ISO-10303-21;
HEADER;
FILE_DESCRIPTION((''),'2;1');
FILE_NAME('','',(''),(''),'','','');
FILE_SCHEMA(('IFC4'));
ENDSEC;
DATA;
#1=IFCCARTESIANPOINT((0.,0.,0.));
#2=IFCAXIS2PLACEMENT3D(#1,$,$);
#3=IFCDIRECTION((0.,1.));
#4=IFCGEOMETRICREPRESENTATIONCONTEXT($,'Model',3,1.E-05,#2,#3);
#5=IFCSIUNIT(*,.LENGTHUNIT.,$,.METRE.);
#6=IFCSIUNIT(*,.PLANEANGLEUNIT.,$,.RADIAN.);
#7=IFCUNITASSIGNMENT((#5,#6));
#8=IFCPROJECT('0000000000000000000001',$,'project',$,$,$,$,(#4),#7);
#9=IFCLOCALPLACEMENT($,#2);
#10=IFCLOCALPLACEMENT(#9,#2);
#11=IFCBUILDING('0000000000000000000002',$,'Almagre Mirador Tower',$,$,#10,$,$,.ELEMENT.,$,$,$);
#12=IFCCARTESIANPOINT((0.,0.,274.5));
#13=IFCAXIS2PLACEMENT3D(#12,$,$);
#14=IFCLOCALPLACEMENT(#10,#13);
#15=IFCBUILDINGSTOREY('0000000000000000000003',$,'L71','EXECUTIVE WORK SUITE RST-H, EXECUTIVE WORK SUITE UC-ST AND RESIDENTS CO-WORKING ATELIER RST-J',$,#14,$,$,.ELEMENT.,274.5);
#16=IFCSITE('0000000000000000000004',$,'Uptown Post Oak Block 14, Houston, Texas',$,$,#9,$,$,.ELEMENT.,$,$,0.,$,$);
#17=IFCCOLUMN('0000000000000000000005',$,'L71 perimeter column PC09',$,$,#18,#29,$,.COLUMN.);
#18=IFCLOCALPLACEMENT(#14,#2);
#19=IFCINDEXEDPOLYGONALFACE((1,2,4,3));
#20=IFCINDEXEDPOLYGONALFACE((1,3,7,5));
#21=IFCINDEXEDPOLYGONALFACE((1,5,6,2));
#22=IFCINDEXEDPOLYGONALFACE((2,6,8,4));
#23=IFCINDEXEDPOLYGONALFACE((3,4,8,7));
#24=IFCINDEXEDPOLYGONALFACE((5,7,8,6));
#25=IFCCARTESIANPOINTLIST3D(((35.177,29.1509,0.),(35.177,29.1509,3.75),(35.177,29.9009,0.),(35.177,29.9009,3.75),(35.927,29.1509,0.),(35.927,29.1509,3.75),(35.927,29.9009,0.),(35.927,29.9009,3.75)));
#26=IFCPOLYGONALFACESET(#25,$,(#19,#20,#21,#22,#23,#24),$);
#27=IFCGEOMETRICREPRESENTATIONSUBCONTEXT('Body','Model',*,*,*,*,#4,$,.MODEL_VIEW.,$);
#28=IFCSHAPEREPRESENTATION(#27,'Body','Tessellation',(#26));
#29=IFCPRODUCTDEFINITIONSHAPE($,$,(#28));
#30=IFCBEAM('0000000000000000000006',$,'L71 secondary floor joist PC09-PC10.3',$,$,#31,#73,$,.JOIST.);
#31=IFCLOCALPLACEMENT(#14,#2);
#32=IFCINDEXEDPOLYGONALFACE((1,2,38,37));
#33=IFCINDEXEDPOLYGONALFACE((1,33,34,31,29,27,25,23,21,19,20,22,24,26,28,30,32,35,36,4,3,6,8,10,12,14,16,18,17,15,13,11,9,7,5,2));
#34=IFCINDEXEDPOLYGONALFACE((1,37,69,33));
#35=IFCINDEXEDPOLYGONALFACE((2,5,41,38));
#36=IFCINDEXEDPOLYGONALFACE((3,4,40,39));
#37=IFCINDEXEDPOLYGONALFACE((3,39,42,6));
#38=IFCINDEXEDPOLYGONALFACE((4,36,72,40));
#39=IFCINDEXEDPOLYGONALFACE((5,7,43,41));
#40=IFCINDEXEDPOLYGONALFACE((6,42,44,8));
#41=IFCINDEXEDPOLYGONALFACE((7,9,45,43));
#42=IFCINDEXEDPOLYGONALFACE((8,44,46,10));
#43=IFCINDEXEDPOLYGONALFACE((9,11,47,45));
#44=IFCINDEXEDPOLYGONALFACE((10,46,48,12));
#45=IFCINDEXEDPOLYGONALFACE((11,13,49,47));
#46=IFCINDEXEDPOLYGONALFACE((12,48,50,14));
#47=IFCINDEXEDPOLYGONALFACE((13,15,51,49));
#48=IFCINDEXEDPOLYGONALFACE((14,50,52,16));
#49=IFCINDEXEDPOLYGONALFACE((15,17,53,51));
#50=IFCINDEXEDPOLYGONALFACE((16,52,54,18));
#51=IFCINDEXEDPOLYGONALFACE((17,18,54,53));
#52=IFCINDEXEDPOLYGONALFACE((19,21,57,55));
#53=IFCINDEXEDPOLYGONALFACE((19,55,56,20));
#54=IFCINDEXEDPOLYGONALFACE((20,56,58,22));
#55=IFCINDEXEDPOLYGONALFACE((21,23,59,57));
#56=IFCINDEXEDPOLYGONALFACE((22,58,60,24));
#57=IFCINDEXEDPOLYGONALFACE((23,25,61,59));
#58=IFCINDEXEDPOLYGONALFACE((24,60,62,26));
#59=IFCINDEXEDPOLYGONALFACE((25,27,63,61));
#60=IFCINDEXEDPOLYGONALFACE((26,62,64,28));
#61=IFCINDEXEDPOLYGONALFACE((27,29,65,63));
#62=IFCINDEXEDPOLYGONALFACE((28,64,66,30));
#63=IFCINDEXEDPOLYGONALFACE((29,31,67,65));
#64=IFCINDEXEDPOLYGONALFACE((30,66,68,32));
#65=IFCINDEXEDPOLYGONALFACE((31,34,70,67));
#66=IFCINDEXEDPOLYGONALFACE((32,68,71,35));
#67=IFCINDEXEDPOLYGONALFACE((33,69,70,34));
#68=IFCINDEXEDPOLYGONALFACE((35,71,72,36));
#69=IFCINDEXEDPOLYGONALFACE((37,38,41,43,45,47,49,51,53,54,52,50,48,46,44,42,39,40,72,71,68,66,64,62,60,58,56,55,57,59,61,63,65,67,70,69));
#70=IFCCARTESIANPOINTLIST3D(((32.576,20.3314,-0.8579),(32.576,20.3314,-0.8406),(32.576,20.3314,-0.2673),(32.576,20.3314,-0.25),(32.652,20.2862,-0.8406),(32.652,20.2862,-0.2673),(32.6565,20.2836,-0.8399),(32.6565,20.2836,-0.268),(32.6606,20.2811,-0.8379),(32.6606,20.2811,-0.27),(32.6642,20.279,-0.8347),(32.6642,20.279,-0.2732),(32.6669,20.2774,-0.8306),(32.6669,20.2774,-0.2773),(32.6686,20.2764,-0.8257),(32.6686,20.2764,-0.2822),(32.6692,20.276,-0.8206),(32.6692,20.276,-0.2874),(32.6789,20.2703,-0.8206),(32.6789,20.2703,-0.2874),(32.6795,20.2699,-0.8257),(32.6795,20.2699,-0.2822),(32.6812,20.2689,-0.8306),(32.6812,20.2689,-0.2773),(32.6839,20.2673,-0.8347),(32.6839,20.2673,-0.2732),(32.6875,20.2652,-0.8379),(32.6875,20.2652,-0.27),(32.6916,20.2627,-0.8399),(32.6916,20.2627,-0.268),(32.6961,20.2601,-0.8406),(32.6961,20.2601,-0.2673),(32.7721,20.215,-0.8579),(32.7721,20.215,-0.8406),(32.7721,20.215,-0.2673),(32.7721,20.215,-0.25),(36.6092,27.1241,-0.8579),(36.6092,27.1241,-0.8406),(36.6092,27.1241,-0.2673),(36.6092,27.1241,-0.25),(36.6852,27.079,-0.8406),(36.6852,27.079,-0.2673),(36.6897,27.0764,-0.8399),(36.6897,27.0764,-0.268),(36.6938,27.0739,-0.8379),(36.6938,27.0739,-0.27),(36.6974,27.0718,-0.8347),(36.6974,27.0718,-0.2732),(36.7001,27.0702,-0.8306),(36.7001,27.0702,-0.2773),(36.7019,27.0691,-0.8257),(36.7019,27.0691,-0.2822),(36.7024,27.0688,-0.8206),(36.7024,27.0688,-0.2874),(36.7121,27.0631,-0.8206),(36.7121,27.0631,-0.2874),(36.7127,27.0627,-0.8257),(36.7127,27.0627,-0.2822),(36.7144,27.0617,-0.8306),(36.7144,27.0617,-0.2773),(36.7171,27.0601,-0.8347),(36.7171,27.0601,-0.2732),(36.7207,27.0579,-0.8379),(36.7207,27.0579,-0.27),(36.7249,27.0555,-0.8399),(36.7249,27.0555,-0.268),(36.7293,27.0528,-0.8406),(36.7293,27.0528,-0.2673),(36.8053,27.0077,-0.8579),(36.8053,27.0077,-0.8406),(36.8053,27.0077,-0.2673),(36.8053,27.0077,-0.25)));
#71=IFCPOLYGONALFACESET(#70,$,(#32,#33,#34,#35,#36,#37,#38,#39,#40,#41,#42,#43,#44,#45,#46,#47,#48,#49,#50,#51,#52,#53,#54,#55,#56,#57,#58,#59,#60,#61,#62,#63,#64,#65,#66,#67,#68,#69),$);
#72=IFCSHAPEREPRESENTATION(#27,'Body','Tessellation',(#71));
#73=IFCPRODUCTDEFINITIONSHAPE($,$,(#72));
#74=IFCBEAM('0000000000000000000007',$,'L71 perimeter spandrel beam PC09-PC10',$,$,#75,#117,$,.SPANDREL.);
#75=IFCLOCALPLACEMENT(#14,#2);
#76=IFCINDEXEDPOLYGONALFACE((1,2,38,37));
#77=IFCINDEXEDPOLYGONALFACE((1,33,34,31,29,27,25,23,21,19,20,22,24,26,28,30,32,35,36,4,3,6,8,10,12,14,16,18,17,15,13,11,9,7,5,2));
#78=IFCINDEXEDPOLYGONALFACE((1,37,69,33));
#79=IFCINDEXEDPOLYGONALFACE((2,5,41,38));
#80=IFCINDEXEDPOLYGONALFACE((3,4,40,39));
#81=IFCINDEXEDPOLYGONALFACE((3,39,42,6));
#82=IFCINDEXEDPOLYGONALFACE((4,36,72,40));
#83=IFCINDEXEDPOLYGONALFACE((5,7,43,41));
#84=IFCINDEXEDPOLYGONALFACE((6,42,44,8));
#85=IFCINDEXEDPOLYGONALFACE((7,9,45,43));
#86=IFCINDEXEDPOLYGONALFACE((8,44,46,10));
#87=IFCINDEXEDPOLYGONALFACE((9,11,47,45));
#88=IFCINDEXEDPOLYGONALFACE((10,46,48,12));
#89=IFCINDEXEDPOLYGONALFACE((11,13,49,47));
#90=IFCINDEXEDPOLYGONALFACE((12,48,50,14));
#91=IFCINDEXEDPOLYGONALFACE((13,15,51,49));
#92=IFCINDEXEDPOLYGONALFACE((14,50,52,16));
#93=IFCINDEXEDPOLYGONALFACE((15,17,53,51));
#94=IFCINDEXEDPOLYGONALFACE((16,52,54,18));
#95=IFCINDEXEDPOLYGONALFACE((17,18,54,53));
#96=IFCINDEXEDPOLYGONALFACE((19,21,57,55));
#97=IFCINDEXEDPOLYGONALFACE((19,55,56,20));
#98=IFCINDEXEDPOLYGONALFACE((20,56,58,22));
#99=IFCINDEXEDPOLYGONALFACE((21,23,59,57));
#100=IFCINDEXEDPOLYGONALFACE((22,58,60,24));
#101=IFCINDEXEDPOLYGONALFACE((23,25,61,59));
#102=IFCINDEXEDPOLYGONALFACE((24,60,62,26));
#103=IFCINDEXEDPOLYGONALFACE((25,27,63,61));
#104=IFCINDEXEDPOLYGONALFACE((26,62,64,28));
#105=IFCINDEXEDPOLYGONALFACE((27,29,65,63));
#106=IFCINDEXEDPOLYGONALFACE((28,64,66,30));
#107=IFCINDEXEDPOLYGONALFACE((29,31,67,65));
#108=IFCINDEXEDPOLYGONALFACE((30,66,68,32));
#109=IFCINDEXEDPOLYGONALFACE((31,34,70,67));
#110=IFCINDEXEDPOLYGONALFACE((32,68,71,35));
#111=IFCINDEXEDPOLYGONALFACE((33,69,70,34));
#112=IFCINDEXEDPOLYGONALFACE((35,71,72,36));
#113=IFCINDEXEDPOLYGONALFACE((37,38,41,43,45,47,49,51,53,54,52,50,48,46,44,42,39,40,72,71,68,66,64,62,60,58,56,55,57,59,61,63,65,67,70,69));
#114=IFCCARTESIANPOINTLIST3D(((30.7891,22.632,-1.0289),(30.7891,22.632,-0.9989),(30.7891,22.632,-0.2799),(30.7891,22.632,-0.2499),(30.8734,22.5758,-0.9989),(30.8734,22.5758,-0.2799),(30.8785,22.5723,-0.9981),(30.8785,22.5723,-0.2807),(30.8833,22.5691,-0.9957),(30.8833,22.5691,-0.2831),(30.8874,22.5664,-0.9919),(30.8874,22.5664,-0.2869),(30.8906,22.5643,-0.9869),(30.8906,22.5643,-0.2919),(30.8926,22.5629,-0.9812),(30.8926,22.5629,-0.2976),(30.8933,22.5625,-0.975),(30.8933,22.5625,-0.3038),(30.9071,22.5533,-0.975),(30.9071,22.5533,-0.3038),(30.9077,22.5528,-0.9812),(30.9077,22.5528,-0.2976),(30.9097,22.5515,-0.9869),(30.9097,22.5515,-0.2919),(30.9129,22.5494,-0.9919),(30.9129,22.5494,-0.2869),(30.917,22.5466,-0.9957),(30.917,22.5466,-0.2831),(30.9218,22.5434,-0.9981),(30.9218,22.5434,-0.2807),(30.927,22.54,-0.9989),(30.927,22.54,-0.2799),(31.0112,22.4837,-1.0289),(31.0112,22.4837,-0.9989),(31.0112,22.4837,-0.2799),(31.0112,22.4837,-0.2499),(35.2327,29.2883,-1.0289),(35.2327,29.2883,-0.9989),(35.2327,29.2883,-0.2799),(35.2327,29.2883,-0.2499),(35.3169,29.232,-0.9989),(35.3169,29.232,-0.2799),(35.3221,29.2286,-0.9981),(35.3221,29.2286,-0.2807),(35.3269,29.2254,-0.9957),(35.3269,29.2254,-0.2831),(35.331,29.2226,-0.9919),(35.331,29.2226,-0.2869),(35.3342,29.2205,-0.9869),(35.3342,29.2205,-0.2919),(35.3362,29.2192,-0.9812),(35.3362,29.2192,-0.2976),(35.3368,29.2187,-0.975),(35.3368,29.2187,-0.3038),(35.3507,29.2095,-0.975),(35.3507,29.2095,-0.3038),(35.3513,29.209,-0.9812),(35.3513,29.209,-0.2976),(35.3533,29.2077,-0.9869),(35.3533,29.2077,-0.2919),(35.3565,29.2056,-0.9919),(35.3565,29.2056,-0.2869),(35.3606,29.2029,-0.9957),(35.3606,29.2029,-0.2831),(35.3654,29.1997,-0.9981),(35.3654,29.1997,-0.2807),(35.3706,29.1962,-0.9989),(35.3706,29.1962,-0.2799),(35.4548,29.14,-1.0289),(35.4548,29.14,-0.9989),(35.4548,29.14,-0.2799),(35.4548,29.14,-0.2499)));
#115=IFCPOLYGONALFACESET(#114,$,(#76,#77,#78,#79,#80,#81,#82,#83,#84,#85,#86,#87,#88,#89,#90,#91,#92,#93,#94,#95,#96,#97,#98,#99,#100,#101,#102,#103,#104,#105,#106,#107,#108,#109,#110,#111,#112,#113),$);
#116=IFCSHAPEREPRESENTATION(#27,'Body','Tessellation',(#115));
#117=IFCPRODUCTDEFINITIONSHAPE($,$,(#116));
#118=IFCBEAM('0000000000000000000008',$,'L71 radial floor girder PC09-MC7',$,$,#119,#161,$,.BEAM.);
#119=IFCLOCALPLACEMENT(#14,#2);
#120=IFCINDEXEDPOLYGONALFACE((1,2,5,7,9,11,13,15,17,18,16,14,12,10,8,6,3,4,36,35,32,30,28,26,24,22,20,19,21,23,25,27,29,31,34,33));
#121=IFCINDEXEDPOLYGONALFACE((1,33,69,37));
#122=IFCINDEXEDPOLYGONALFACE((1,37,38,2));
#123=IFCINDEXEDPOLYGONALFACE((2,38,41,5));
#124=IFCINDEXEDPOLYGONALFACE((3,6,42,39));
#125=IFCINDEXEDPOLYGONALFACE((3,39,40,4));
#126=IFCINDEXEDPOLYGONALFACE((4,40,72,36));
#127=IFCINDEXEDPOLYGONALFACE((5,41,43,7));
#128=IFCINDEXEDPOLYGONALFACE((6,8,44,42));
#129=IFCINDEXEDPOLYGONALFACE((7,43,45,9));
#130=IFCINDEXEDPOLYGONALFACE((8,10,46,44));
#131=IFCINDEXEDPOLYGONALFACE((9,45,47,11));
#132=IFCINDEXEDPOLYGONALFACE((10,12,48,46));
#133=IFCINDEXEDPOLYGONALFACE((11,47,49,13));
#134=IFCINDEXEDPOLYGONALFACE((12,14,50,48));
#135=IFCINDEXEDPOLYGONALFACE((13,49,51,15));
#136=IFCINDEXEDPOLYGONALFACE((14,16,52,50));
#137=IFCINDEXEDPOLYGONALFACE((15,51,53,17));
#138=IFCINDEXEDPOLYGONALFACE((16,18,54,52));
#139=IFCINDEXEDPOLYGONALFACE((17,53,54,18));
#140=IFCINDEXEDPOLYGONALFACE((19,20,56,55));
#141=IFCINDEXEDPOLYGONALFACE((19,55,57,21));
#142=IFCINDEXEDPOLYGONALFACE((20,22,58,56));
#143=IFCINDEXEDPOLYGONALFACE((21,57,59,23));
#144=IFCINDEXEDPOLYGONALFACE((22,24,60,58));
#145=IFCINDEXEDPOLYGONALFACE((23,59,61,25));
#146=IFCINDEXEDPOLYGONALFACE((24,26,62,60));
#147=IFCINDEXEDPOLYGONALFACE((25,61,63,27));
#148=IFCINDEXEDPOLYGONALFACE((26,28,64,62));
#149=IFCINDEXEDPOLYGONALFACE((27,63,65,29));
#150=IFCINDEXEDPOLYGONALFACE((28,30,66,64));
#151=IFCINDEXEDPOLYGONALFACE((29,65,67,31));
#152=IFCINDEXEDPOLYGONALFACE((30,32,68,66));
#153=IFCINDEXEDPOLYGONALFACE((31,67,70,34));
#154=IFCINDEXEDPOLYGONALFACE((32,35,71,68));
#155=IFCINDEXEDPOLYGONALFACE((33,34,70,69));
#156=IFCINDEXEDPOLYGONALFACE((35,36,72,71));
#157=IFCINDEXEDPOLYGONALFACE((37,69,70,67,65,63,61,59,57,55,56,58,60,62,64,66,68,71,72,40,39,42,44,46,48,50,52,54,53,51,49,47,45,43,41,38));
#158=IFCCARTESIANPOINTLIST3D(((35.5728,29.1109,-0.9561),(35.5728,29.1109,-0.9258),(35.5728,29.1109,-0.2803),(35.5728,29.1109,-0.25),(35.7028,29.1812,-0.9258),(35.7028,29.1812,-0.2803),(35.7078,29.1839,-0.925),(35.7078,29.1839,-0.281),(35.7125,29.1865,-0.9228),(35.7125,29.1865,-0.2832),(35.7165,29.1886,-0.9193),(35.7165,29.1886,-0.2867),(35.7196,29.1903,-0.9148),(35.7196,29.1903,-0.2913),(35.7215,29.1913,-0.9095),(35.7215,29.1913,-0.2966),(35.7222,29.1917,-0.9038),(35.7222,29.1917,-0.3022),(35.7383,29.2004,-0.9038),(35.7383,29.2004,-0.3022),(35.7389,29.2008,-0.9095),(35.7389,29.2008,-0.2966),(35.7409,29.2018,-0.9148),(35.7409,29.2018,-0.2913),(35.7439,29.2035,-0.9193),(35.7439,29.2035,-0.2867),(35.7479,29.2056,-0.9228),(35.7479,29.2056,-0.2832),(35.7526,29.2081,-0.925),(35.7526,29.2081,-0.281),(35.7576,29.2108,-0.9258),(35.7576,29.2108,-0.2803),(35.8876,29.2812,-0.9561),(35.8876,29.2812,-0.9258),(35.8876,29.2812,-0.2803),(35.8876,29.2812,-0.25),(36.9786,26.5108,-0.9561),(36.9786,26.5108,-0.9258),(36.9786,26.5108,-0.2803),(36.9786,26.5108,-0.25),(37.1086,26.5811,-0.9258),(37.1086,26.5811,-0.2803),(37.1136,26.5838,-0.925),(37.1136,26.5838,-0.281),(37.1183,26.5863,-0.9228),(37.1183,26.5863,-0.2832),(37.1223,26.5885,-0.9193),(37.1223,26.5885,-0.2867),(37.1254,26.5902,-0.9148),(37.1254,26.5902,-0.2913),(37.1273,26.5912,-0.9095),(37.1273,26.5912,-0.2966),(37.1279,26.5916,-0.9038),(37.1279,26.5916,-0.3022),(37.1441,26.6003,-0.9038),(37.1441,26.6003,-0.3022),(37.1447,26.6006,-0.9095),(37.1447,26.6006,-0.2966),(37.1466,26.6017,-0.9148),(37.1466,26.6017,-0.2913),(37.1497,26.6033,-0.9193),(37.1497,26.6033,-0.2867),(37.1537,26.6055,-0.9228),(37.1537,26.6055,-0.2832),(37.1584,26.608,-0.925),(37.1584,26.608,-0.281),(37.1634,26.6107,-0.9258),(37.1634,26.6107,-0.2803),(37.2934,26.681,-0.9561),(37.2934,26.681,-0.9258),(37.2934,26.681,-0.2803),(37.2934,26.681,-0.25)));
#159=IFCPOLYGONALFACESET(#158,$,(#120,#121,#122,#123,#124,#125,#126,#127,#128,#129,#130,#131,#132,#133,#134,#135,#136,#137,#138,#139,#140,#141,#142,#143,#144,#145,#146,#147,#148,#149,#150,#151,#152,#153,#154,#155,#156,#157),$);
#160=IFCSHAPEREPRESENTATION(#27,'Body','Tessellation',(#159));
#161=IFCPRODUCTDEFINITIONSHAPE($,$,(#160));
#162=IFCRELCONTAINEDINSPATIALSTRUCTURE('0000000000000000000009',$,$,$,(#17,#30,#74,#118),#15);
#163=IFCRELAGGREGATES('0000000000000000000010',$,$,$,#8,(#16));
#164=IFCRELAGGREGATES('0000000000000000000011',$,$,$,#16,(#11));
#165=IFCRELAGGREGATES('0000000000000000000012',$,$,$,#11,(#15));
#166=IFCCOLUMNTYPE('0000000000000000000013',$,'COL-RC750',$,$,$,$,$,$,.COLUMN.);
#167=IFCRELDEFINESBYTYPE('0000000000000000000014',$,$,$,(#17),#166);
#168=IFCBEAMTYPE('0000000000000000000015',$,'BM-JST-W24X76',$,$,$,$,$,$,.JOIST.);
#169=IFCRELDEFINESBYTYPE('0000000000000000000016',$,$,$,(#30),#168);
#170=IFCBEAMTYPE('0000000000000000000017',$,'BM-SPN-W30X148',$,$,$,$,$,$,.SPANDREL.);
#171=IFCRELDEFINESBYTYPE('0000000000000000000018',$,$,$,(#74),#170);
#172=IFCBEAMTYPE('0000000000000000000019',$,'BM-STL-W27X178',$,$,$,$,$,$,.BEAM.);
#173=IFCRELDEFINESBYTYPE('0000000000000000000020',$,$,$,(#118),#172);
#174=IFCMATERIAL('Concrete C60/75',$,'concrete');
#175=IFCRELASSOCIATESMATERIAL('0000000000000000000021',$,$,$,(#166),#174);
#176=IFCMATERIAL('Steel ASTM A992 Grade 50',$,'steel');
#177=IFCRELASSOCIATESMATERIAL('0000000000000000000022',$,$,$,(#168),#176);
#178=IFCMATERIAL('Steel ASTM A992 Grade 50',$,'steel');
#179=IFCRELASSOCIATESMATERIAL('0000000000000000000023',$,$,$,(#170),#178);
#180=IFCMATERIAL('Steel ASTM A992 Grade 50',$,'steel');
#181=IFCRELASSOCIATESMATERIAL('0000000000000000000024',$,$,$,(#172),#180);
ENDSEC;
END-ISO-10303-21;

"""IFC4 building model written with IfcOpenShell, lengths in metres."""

from ifc_helpers import new_model, si_unit, direction, frame, origin, origin_2d, place, context, subcontext, project, spatial, rectangle, i_section, extrude, material, material_profile, profile_set, type_object, element, save


model = new_model("IFC4")

# Units and contexts
model_context = context("Model", 3, precision=1e-05, world=origin(), true_north=direction((0.0, 1.0)))
body_context = subcontext(model_context, "Body", "Model", "MODEL_VIEW")
ifc_project = project(units=[si_unit("LENGTHUNIT", "METRE"), si_unit("PLANEANGLEUNIT", "RADIAN")], contexts=[model_context])

# Site, building, storey
site_placement = place(None, origin())
site = spatial("IfcSite", under=ifc_project, at=site_placement, Name="Uptown Post Oak Block 14, Houston, Texas", CompositionType="ELEMENT", RefElevation=0.0)
building_placement = place(site_placement, origin())
building = spatial("IfcBuilding", under=site, at=building_placement, Name="Almagre Mirador Tower", CompositionType="ELEMENT")
storey_placement = place(building_placement, frame((0.0, 0.0, 274.5)))
storey = spatial("IfcBuildingStorey", under=building, at=storey_placement, Name="L71", Description="EXECUTIVE WORK SUITE RST-H, EXECUTIVE WORK SUITE UC-ST AND RESIDENTS CO-WORKING ATELIER RST-J", CompositionType="ELEMENT", Elevation=274.5)

# Column
ifc_material_1 = material(Name="Concrete C60/75", Category="concrete")
ifc_material_profile_1 = material_profile(ifc_material_1, rectangle(XDim=0.75, YDim=0.75, at=origin_2d()), Name="RC750X750")
ifc_profile_set_1 = profile_set([ifc_material_profile_1], Name="Concrete C60/75")
column_type = type_object("IfcColumnType", Name="COL-RC750", PredefinedType="COLUMN", material=ifc_profile_set_1)
column_placement = place(storey_placement, frame((35.552, 29.5259, 0.0), z_axis=(0.0, 0.0, 1.0), x_axis=(1.0, 0.0, 0.0)))
element("IfcColumn", 1, at=column_placement, inside=storey, type_object=column_type, Name="L71 perimeter column PC09", PredefinedType="COLUMN", context=body_context, shape_type="SweptSolid", body=[
    extrude(rectangle(XDim=0.75, YDim=0.75, at=origin_2d()), origin(), (0.0, 0.0, 1.0), 3.75),
])

# Beams
ifc_material_2 = material(Name="Steel ASTM A992 Grade 50", Category="steel")
ifc_material_profile_2 = material_profile(ifc_material_2, i_section(OverallWidth=0.228, OverallDepth=0.6079, WebThickness=0.0112, FlangeThickness=0.0173, FilletRadius=0.02, at=origin_2d()), Name="W24X76")
ifc_profile_set_2 = profile_set([ifc_material_profile_2], Name="Steel ASTM A992 Grade 50")
beam_type_1 = type_object("IfcBeamType", Name="BM-JST-W24X76", PredefinedType="JOIST", material=ifc_profile_set_2)
beam_1_placement = place(storey_placement, frame((36.7073, 27.0659, -0.554), z_axis=(-0.510541, -0.859853, 0.0), x_axis=(0.859853, -0.510541, 0.0)))
element("IfcBeam", 2, at=beam_1_placement, inside=storey, type_object=beam_type_1, Name="L71 secondary floor joist PC09-PC10.3", PredefinedType="JOIST", context=body_context, shape_type="SweptSolid", body=[
    extrude(i_section(OverallWidth=0.228, OverallDepth=0.6079, WebThickness=0.0112, FlangeThickness=0.0173, FilletRadius=0.02, at=origin_2d()), origin(), (0.0, 0.0, 1.0), 7.8999),
])
ifc_material_3 = material(Name="Steel ASTM A992 Grade 50", Category="steel")
ifc_material_profile_3 = material_profile(ifc_material_3, i_section(OverallWidth=0.2671, OverallDepth=0.7791, WebThickness=0.0166, FlangeThickness=0.03, FilletRadius=0.0239, at=origin_2d()), Name="W30X148")
ifc_profile_set_3 = profile_set([ifc_material_profile_3], Name="Steel ASTM A992 Grade 50")
beam_type_2 = type_object("IfcBeamType", Name="BM-SPN-W30X148", PredefinedType="SPANDREL", material=ifc_profile_set_3)
beam_2_placement = place(storey_placement, frame((35.3438, 29.2141, -0.6394), z_axis=(-0.555228, -0.831698, 0.0), x_axis=(0.831698, -0.555228, 0.0)))
element("IfcBeam", 3, at=beam_2_placement, inside=storey, type_object=beam_type_2, Name="L71 perimeter spandrel beam PC09-PC10", PredefinedType="SPANDREL", context=body_context, shape_type="SweptSolid", body=[
    extrude(i_section(OverallWidth=0.2671, OverallDepth=0.7791, WebThickness=0.0166, FlangeThickness=0.03, FilletRadius=0.0239, at=origin_2d()), origin(), (0.0, 0.0, 1.0), 8.0032),
])
ifc_material_4 = material(Name="Steel ASTM A992 Grade 50", Category="steel")
ifc_material_profile_4 = material_profile(ifc_material_4, i_section(OverallWidth=0.3579, OverallDepth=0.7061, WebThickness=0.0183, FlangeThickness=0.0303, FilletRadius=0.022, at=origin_2d()), Name="W27X178")
ifc_profile_set_4 = profile_set([ifc_material_profile_4], Name="Steel ASTM A992 Grade 50")
beam_type_3 = type_object("IfcBeamType", Name="BM-STL-W27X178", PredefinedType="BEAM", material=ifc_profile_set_4)
beam_3_placement = place(storey_placement, frame((35.7302, 29.196, -0.603), z_axis=(0.475597, -0.879664, 0.0), x_axis=(0.879664, 0.475597, 0.0)))
element("IfcBeam", 4, at=beam_3_placement, inside=storey, type_object=beam_type_3, Name="L71 radial floor girder PC09-MC7", PredefinedType="BEAM", context=body_context, shape_type="SweptSolid", body=[
    extrude(i_section(OverallWidth=0.3579, OverallDepth=0.7061, WebThickness=0.0183, FlangeThickness=0.0303, FilletRadius=0.022, at=origin_2d()), origin(), (0.0, 0.0, 1.0), 2.9558),
])

save(model, "model.ifc")
